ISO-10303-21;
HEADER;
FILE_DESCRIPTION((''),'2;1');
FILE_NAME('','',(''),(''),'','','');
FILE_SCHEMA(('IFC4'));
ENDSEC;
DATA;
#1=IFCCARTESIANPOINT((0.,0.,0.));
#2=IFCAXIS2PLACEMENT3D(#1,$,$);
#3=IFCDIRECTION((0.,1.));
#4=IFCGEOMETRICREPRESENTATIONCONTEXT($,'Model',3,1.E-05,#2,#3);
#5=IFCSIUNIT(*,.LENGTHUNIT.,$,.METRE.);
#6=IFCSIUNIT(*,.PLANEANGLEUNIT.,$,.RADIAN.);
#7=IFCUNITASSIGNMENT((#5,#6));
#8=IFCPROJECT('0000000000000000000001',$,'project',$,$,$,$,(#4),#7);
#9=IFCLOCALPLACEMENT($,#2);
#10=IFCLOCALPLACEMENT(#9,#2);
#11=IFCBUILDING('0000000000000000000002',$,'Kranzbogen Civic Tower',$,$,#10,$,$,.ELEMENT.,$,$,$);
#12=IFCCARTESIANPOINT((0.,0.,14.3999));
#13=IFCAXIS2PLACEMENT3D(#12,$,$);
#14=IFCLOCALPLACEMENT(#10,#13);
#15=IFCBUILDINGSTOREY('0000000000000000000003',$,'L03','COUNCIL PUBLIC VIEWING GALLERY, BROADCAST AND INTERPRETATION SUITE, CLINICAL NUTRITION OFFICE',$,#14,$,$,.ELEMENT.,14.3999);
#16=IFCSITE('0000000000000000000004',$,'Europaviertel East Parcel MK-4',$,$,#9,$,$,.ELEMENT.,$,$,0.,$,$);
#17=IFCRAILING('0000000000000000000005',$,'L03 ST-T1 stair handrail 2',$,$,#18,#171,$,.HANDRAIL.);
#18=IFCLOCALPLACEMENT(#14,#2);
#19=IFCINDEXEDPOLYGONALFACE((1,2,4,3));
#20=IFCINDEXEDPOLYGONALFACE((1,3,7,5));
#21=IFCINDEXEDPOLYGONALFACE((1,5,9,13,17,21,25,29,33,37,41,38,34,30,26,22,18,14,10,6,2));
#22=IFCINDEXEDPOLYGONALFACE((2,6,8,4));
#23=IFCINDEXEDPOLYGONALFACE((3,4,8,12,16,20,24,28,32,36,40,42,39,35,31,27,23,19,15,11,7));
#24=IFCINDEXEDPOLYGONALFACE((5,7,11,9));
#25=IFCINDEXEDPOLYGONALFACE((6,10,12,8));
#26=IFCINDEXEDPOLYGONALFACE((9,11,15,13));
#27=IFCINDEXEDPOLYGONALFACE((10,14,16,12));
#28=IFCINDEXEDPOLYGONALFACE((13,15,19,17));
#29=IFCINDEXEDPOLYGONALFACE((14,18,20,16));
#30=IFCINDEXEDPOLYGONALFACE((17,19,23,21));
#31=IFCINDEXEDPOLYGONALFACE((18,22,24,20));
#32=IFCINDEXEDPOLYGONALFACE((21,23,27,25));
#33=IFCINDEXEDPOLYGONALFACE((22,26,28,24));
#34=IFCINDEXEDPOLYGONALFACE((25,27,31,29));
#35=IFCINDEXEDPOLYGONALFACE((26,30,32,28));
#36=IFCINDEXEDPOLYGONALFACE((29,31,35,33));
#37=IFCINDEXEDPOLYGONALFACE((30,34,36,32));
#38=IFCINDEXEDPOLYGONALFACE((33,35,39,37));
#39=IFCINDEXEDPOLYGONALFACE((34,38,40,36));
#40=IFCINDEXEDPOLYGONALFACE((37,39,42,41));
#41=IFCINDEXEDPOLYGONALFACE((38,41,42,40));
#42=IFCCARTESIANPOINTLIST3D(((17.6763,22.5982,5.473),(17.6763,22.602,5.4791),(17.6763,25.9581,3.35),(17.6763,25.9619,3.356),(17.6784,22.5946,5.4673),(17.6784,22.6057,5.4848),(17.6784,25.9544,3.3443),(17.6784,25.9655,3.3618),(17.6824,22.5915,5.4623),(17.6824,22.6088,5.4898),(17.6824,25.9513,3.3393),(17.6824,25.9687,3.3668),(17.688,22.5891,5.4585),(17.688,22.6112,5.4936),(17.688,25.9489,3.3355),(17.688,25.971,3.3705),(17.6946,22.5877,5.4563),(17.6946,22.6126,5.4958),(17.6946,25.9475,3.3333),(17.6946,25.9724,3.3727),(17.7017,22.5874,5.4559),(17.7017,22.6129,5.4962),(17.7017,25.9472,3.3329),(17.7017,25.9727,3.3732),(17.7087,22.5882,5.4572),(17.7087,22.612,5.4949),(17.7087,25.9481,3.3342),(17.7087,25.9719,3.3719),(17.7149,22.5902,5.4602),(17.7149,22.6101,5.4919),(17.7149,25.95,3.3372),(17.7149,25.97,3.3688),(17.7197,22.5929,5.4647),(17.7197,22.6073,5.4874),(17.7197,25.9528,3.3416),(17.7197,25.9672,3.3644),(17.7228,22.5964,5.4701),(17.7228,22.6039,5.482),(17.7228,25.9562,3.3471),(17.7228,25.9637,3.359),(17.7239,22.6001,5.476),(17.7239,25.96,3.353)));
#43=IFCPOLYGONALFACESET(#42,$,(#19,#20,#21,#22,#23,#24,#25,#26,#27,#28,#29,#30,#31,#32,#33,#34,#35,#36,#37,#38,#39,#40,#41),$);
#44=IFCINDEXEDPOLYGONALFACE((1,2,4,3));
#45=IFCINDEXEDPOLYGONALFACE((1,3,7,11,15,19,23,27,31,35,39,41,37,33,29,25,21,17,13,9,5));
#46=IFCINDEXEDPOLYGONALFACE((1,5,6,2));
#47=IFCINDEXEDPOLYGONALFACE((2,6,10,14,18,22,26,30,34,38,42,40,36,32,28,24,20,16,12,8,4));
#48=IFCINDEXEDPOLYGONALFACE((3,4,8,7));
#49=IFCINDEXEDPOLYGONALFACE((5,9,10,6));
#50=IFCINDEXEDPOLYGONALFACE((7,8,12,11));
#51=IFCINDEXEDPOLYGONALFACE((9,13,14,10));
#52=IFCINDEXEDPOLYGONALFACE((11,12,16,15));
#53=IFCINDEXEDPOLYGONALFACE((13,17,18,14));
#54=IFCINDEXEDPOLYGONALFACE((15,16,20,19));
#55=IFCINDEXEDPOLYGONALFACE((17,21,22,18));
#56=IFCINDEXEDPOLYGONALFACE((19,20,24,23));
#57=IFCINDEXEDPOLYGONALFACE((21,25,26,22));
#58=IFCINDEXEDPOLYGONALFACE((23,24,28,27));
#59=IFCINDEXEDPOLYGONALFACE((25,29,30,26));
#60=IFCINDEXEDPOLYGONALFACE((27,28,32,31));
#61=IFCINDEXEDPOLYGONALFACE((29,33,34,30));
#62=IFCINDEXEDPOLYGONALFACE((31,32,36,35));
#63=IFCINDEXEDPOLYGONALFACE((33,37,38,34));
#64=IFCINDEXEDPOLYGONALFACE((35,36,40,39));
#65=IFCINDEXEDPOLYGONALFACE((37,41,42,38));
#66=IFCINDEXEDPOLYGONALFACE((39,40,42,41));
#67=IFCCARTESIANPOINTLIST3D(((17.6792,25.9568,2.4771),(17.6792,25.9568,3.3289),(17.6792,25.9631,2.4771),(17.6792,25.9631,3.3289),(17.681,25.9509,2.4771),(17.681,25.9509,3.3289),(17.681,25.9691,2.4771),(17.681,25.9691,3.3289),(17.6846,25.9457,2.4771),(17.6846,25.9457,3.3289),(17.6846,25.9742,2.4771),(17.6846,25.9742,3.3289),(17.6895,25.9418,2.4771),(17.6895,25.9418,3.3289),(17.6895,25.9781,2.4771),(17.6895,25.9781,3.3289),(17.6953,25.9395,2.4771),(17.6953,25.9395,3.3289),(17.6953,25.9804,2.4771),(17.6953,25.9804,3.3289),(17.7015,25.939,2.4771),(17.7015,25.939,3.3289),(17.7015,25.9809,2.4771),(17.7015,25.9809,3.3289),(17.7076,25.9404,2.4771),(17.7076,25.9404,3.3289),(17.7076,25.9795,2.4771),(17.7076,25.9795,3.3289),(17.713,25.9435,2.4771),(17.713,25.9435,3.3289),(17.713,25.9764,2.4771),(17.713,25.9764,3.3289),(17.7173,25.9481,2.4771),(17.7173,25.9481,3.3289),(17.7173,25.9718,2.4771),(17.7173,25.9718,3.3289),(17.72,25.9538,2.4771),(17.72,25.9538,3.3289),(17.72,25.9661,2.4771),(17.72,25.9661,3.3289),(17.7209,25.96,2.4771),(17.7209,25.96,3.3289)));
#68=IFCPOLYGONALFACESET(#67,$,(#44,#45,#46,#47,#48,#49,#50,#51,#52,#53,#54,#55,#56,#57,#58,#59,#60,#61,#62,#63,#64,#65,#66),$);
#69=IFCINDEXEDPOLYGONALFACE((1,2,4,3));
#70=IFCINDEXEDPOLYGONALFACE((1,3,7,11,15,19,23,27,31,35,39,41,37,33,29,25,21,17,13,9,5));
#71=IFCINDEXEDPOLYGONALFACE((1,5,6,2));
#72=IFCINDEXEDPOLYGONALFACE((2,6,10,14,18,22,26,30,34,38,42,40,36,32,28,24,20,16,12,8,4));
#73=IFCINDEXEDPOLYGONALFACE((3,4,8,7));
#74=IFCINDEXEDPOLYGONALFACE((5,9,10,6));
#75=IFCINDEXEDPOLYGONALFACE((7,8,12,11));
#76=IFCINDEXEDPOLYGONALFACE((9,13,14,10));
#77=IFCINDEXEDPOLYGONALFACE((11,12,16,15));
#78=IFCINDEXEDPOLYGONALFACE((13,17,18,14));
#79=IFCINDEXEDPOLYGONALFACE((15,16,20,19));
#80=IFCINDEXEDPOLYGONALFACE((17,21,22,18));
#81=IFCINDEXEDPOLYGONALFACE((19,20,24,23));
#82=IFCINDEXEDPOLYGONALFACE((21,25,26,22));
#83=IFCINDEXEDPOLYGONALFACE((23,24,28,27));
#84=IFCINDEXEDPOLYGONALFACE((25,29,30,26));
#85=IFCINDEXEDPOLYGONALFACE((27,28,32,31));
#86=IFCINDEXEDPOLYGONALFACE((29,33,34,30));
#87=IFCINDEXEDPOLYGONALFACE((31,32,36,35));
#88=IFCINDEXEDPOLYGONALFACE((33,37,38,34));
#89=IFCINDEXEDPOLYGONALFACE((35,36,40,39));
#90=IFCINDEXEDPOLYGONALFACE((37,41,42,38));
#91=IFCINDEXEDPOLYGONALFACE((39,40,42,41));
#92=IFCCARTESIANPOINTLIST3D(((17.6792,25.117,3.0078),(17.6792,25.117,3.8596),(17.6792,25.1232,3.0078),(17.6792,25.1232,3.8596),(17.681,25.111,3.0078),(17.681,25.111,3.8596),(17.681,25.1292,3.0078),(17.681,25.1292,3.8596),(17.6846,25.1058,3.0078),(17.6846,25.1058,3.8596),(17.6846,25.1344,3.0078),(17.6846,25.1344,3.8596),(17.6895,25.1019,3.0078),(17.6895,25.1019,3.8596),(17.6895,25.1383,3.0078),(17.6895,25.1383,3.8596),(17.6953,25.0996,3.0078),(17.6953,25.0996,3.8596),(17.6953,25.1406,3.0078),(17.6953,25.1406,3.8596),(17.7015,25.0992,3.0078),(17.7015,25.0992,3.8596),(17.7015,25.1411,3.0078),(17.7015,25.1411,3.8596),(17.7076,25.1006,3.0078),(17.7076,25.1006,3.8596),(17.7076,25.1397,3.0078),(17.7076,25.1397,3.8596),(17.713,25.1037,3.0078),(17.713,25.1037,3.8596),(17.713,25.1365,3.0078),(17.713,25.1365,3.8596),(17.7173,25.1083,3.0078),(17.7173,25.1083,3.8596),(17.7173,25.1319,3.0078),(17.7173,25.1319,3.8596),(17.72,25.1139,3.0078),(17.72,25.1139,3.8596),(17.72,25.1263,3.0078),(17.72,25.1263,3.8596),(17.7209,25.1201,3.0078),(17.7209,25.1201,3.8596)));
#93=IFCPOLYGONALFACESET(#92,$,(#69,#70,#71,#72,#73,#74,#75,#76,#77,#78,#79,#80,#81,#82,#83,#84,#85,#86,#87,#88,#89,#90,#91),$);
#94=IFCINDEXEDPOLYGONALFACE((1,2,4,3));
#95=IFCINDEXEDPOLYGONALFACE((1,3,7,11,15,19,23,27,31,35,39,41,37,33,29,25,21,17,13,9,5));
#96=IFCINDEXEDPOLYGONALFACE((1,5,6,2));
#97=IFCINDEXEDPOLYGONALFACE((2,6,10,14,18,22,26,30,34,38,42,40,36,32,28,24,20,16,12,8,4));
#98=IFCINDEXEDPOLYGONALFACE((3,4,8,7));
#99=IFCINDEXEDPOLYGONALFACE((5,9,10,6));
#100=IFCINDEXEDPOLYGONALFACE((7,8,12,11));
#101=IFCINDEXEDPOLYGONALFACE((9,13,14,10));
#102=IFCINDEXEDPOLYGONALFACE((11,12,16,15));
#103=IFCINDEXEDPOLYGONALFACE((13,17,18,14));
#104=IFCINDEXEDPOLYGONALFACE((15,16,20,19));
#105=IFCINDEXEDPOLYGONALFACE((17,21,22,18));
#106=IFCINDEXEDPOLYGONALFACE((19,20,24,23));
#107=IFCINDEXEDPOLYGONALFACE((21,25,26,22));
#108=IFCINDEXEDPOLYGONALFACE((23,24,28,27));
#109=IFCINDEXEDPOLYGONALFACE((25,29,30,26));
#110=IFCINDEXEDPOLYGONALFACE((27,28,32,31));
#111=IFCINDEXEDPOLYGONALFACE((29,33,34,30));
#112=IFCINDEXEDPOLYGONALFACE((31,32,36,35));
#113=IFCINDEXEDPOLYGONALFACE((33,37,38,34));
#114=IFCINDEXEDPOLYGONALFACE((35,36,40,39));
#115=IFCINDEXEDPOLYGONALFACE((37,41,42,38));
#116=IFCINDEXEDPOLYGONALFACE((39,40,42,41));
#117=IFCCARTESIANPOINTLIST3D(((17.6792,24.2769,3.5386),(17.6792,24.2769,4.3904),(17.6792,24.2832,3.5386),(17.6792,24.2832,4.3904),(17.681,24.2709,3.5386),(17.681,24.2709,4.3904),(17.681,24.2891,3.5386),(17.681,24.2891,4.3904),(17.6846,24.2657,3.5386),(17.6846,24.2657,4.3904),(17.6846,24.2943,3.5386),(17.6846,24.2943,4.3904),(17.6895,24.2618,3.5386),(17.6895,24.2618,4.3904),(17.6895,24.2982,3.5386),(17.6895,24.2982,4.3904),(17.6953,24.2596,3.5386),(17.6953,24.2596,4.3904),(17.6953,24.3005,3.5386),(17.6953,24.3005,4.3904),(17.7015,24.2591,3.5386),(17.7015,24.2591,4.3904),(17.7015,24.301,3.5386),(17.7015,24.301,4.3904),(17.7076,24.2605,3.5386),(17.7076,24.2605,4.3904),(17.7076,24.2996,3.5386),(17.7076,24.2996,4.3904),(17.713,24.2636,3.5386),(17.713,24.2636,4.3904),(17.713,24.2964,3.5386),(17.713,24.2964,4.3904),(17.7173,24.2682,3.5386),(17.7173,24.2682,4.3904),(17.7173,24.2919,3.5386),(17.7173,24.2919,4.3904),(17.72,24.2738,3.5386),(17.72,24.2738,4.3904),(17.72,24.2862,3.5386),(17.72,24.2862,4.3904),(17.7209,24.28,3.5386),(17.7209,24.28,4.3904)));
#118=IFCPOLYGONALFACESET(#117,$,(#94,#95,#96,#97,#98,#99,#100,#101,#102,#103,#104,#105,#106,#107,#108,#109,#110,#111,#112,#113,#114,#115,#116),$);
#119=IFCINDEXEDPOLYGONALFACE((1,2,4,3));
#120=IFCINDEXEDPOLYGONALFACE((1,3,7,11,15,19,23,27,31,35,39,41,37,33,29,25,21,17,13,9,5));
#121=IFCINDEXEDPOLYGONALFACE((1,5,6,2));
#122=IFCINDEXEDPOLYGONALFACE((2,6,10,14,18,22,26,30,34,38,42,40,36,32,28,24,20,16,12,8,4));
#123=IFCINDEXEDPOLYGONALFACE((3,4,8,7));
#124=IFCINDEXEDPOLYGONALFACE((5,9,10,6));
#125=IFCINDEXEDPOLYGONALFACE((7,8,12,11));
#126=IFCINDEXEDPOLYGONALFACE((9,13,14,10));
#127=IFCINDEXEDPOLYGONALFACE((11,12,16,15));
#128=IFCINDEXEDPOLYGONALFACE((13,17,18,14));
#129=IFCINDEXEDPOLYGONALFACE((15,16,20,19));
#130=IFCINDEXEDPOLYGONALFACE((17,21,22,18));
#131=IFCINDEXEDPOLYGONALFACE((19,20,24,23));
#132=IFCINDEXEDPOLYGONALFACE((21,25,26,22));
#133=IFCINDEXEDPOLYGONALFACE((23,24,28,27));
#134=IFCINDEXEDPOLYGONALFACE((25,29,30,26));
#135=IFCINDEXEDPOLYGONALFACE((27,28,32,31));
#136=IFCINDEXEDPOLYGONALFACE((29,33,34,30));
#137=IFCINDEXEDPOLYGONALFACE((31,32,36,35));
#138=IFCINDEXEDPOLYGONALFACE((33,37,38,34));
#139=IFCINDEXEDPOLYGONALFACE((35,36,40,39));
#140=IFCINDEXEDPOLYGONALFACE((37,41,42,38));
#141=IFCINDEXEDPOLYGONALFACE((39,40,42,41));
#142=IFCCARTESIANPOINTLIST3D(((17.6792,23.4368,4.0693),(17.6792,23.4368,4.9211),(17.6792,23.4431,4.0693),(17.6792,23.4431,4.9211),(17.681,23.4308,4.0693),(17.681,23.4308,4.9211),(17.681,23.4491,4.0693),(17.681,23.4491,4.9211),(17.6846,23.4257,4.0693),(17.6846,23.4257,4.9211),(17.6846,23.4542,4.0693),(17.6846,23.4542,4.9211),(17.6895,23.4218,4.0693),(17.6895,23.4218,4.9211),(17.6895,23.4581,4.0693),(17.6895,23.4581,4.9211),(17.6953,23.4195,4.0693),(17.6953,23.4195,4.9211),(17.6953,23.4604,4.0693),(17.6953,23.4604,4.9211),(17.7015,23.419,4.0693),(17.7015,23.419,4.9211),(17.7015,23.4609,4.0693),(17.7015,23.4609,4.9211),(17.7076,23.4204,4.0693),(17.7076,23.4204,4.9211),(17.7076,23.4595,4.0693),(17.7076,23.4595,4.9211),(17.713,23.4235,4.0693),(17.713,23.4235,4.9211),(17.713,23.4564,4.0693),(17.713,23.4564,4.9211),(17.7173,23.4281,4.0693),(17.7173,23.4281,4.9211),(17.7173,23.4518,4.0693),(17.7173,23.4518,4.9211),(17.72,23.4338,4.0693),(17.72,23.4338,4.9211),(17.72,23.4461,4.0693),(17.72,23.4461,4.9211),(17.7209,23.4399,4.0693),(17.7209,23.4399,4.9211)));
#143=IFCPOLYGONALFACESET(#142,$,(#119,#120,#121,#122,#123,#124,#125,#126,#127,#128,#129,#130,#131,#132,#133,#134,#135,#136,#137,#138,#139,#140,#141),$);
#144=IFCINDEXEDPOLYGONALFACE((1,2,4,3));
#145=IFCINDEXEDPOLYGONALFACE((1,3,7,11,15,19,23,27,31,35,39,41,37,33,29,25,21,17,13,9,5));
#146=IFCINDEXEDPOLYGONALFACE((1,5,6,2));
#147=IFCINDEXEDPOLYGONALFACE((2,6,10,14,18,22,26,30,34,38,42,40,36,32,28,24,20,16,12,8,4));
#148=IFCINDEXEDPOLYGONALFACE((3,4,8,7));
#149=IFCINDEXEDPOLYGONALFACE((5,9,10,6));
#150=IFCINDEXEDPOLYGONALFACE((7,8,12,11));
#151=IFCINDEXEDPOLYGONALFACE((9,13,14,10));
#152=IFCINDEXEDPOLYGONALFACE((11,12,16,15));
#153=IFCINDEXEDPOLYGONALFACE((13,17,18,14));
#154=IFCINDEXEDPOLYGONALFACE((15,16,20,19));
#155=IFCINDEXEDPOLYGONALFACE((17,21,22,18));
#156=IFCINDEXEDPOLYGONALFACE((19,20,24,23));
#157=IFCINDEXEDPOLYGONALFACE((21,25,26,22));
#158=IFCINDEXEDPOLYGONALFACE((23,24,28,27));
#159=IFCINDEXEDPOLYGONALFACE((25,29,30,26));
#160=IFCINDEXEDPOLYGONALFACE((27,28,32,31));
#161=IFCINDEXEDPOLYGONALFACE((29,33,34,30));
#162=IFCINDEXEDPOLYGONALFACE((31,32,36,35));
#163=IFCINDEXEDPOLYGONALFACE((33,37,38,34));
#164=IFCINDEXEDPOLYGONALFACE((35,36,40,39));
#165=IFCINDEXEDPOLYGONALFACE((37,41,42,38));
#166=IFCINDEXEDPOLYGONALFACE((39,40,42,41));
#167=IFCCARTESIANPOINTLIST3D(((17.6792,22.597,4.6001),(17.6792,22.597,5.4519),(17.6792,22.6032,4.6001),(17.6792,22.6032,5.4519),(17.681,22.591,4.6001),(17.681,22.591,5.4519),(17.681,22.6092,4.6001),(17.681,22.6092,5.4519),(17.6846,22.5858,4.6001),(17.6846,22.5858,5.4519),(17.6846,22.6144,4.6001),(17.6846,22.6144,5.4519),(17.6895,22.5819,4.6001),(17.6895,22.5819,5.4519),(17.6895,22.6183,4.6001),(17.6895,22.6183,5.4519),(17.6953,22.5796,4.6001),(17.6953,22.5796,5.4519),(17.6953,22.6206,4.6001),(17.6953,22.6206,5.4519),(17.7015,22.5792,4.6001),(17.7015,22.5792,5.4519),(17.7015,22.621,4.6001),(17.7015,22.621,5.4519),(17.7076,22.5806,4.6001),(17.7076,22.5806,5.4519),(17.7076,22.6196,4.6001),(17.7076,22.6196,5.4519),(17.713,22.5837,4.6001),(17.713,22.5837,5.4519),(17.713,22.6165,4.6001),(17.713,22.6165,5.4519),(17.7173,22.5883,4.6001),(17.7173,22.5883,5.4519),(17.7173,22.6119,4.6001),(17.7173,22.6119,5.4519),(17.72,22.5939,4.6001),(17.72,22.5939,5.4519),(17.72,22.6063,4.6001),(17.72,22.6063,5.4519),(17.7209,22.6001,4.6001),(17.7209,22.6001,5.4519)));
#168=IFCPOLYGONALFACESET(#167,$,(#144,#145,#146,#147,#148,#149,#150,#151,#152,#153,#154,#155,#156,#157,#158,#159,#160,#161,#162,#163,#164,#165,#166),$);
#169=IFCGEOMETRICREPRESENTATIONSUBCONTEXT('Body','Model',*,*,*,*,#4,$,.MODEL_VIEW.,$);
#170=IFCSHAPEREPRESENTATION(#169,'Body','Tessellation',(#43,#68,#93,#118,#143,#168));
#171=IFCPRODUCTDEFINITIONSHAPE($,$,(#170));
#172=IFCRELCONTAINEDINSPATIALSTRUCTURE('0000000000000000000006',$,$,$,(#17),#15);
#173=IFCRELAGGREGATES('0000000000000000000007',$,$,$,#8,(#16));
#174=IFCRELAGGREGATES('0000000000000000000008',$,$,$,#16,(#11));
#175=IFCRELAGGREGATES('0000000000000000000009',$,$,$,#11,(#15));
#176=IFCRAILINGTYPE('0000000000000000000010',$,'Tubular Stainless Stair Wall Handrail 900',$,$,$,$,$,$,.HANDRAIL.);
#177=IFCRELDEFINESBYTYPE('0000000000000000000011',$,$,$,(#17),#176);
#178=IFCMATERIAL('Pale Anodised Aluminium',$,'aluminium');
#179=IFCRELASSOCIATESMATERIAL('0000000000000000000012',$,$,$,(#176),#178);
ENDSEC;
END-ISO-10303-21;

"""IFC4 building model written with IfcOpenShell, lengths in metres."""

from ifc_helpers import new_model, si_unit, direction, frame, origin, origin_2d, place, context, subcontext, project, spatial, circle, extrude, material, type_object, element, save


model = new_model("IFC4")

# Units and contexts
model_context = context("Model", 3, precision=1e-05, world=origin(), true_north=direction((0.0, 1.0)))
body_context = subcontext(model_context, "Body", "Model", "MODEL_VIEW")
ifc_project = project(units=[si_unit("LENGTHUNIT", "METRE"), si_unit("PLANEANGLEUNIT", "RADIAN")], contexts=[model_context])

# Site, building, storey
site_placement = place(None, origin())
site = spatial("IfcSite", under=ifc_project, at=site_placement, Name="Europaviertel East Parcel MK-4", CompositionType="ELEMENT", RefElevation=0.0)
building_placement = place(site_placement, origin())
building = spatial("IfcBuilding", under=site, at=building_placement, Name="Kranzbogen Civic Tower", CompositionType="ELEMENT")
storey_placement = place(building_placement, frame((0.0, 0.0, 14.3999)))
storey = spatial("IfcBuildingStorey", under=building, at=storey_placement, Name="L03", Description="COUNCIL PUBLIC VIEWING GALLERY, BROADCAST AND INTERPRETATION SUITE, CLINICAL NUTRITION OFFICE", CompositionType="ELEMENT", Elevation=14.3999)

# Railing
ifc_material_1 = material(Name="Pale Anodised Aluminium", Category="aluminium")
railing_type_1 = type_object("IfcRailingType", Name="Tubular Stainless Stair Wall Handrail 900", PredefinedType="HANDRAIL", material=ifc_material_1)
for number, where, name in (
    (1, (17.7, 25.96, 2.4771), "L03 ST-T1 stair handrail 2"),
):
    element("IfcRailing", number, at=place(storey_placement, frame(where)), inside=storey, type_object=railing_type_1, Name=name, PredefinedType="HANDRAIL", context=body_context, shape_type="SweptSolid", body=[
        extrude(circle(Radius=0.0239, at=origin_2d()), frame((0.0, 0.0, 0.876), z_axis=(0.0, -0.845372, 0.534178), x_axis=(1.0, 0.0, 0.0)), (0.0, 0.0, 1.0), 3.9744),
        extrude(circle(Radius=0.021, at=origin_2d()), origin(), (0.0, 0.0, 1.0), 0.8518),
        extrude(circle(Radius=0.021, at=origin_2d()), frame((0.0, -0.8398, 0.5308)), (0.0, 0.0, 1.0), 0.8518),
        extrude(circle(Radius=0.021, at=origin_2d()), frame((0.0, -1.6799, 1.0615)), (0.0, 0.0, 1.0), 0.8518),
        extrude(circle(Radius=0.021, at=origin_2d()), frame((0.0, -2.52, 1.5923)), (0.0, 0.0, 1.0), 0.8518),
        extrude(circle(Radius=0.021, at=origin_2d()), frame((0.0, -3.3599, 2.123)), (0.0, 0.0, 1.0), 0.8518),
    ])

save(model, "model.ifc")
